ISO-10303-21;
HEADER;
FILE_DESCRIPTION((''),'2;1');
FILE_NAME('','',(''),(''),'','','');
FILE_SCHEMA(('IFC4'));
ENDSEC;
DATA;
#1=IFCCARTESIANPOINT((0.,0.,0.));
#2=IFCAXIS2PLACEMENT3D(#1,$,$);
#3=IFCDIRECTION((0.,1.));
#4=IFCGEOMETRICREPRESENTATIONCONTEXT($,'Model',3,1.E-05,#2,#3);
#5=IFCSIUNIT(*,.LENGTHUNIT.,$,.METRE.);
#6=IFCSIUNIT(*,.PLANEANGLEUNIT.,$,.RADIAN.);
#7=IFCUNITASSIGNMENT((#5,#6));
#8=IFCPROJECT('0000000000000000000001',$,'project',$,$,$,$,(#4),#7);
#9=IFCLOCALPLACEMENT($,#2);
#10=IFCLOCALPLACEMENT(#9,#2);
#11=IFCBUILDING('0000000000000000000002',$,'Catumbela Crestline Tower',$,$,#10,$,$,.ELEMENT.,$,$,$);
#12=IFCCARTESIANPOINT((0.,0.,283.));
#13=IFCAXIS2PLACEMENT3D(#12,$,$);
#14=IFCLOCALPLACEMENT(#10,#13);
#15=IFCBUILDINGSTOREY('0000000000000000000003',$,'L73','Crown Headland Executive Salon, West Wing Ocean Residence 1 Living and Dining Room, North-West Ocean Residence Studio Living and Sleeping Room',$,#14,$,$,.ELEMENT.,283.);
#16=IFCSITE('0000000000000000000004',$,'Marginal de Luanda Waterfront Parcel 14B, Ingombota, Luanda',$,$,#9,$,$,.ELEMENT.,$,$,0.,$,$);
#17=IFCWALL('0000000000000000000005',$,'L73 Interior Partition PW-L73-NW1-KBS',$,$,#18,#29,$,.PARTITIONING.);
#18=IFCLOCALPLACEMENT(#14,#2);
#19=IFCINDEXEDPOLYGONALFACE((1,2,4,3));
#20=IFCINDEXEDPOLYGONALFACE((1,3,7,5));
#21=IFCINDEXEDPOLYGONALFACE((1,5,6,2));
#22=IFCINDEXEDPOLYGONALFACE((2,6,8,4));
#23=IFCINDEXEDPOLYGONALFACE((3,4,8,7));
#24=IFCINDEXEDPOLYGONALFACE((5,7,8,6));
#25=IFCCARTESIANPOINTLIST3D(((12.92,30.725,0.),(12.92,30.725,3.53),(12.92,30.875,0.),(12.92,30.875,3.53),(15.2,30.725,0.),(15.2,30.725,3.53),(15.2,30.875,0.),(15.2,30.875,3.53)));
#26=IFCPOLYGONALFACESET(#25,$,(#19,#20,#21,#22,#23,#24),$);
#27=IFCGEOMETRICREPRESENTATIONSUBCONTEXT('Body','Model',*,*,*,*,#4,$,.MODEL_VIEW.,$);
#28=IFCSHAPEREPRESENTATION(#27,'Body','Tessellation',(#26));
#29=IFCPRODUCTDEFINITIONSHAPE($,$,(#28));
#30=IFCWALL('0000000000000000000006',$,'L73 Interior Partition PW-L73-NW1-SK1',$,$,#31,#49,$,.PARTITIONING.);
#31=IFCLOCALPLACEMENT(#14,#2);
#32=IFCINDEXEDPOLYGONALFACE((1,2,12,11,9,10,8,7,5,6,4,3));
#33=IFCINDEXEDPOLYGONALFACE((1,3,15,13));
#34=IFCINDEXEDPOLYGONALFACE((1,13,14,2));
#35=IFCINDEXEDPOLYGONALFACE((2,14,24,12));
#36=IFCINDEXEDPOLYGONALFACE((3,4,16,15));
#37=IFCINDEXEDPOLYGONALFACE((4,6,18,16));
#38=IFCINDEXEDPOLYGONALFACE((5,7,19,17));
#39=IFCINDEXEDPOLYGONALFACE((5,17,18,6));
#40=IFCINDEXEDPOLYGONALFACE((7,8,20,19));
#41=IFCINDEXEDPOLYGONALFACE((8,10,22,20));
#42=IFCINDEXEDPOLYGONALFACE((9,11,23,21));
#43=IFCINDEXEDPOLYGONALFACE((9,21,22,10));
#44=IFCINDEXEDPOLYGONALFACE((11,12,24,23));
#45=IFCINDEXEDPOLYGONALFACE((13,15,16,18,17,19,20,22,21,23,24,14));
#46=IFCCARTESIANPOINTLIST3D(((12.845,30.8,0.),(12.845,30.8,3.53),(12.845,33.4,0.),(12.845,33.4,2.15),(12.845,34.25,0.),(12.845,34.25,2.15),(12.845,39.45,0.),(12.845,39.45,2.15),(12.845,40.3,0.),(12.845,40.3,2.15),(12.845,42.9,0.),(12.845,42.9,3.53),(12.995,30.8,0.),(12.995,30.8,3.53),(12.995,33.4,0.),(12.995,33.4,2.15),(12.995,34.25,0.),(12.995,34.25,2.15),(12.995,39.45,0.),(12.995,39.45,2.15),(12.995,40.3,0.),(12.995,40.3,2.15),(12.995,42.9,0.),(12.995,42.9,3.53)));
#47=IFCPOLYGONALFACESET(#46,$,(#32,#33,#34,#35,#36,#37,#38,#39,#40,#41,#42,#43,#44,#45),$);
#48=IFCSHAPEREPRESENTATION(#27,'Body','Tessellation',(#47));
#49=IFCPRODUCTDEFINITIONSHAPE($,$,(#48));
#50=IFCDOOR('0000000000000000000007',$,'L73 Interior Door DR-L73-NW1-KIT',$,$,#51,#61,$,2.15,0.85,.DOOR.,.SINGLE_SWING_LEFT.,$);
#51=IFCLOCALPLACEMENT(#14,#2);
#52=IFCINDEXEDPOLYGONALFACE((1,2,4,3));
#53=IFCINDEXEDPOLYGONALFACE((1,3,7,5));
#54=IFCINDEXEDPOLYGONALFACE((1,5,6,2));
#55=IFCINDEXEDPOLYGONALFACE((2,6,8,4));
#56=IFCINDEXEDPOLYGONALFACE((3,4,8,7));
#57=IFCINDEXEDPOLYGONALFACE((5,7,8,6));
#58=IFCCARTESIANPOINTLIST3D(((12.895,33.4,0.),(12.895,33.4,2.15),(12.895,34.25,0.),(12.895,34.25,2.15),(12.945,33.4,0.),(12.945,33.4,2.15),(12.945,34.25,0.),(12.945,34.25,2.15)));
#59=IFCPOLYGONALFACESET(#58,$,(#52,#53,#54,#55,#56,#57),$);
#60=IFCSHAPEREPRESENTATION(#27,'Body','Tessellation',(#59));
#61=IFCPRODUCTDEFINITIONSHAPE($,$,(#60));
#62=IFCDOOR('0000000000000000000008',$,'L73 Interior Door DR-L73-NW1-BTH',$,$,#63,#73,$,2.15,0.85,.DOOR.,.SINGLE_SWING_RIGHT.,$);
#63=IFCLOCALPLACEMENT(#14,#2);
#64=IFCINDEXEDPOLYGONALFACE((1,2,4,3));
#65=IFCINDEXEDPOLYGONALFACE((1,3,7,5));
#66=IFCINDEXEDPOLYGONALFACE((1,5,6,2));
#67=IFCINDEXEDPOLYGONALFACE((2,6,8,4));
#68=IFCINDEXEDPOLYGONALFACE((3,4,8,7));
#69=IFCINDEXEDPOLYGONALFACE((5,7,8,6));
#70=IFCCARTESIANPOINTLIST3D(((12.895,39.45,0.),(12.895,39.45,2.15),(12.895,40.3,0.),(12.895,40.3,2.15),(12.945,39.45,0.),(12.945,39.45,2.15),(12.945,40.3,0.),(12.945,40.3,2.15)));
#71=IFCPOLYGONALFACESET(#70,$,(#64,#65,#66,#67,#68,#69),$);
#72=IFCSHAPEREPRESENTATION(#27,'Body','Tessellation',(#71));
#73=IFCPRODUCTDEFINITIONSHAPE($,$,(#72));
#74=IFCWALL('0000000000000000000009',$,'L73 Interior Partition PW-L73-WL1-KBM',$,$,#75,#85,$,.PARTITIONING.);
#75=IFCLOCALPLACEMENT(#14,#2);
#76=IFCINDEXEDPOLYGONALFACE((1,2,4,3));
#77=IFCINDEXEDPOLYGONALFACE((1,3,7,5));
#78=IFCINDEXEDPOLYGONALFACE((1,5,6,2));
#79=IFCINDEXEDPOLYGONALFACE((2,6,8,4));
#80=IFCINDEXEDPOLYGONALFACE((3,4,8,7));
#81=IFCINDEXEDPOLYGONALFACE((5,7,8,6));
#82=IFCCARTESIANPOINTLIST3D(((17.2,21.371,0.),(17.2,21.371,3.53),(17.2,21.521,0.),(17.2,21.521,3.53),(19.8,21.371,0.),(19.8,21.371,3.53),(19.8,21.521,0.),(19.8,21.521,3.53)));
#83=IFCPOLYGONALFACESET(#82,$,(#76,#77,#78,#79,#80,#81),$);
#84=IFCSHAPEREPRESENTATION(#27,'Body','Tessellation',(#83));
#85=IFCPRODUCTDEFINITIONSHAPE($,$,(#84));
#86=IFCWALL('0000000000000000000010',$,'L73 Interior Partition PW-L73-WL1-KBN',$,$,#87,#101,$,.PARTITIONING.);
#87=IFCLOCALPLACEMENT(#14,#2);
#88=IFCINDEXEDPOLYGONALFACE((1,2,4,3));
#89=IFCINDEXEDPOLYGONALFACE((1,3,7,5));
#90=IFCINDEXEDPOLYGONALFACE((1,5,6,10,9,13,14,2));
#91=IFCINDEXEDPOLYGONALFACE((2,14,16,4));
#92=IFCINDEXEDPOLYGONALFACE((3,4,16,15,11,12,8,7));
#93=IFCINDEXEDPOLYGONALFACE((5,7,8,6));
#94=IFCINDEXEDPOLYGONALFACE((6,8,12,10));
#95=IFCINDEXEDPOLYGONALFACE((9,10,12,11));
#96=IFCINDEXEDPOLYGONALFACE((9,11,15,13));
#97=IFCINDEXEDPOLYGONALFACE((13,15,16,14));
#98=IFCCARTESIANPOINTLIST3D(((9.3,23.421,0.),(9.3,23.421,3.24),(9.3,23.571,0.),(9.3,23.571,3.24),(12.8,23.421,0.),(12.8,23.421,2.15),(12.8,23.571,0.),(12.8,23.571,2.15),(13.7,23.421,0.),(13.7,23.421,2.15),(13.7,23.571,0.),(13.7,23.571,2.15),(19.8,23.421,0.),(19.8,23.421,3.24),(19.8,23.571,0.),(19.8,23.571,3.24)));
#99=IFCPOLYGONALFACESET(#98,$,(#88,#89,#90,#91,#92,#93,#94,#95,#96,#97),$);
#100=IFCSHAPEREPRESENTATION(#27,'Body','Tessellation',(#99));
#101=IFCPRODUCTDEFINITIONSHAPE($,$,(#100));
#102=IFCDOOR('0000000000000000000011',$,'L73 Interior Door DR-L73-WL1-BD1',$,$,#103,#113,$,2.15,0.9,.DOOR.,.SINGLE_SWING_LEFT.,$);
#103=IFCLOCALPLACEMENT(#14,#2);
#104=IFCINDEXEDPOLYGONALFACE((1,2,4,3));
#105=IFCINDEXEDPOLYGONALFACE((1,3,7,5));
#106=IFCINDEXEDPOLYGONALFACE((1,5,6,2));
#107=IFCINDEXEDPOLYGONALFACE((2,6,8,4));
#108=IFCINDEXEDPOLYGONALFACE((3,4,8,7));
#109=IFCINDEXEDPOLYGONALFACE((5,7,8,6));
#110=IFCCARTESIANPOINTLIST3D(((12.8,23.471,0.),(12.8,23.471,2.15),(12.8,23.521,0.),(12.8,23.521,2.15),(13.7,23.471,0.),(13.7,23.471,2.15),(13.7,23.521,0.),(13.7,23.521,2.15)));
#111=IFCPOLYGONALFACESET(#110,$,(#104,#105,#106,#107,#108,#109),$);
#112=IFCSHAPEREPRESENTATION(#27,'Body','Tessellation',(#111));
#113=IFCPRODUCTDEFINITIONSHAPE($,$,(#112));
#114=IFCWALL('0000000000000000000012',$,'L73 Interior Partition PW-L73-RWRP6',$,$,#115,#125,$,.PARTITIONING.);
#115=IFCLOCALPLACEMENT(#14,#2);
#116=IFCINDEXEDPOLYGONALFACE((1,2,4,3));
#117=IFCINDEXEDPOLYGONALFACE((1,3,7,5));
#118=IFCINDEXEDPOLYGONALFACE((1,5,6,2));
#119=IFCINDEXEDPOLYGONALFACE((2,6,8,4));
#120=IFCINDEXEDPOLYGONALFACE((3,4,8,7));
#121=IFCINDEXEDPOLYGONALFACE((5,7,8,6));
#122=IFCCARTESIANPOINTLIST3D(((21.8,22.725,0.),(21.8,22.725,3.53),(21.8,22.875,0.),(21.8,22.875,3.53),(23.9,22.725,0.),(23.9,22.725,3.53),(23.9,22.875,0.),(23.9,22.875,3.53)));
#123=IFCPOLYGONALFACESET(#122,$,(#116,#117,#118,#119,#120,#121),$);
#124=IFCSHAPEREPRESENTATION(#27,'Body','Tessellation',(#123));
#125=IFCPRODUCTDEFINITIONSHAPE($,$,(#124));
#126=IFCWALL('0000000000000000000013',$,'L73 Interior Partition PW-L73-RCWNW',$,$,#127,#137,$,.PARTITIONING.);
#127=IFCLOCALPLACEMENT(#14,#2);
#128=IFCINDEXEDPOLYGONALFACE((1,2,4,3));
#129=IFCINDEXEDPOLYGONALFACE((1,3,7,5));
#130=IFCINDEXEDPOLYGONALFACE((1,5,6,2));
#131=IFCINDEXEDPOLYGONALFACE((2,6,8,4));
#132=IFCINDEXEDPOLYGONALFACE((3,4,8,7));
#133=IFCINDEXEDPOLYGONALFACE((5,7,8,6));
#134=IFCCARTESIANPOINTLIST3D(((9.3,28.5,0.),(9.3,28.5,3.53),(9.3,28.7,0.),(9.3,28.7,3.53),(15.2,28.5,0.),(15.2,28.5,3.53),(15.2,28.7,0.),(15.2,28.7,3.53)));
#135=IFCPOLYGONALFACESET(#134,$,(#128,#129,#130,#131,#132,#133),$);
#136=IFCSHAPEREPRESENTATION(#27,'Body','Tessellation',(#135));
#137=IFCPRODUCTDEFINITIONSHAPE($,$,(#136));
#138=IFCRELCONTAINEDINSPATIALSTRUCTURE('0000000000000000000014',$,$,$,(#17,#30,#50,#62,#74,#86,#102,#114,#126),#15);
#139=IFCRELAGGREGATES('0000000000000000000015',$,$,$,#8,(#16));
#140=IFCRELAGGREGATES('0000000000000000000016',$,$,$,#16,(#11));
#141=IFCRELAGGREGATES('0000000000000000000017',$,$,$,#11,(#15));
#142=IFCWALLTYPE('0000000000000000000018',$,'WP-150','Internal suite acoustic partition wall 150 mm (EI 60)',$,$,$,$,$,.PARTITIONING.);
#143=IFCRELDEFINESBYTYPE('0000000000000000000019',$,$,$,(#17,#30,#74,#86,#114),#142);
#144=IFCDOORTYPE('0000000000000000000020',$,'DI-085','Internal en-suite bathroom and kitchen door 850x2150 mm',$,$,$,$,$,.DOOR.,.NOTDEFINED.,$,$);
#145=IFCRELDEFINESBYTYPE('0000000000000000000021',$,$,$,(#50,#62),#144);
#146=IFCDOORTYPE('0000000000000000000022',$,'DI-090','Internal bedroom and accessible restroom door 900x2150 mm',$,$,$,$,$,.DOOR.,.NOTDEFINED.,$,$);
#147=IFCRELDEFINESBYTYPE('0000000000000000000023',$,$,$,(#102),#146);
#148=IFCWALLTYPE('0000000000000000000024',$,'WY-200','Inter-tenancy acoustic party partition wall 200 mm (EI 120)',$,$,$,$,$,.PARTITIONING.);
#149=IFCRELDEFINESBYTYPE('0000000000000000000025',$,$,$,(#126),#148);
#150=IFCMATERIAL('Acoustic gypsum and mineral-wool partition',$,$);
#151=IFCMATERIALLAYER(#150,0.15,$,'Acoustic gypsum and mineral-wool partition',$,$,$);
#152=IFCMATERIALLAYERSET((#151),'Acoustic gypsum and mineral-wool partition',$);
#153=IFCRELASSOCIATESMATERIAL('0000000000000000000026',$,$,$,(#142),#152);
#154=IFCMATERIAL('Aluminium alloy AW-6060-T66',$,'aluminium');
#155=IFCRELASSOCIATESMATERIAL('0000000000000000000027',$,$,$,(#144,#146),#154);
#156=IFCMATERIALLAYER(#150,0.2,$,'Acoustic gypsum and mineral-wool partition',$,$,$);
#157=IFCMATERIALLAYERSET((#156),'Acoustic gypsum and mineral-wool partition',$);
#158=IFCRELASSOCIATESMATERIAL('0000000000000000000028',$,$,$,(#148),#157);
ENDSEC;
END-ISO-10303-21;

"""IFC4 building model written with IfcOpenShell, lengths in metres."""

from ifc_helpers import new_model, si_unit, direction, frame, frame_2d, origin, place, context, subcontext, project, spatial, rectangle, extrude, material, layer, layer_set, type_object, element, fill, save


model = new_model("IFC4")

# Units and contexts
model_context = context("Model", 3, precision=1e-05, world=origin(), true_north=direction((0.0, 1.0)))
body_context = subcontext(model_context, "Body", "Model", "MODEL_VIEW")
ifc_project = project(units=[si_unit("LENGTHUNIT", "METRE"), si_unit("PLANEANGLEUNIT", "RADIAN")], contexts=[model_context])

# Site, building, storey
site_placement = place(None, origin())
site = spatial("IfcSite", under=ifc_project, at=site_placement, Name="Marginal de Luanda Waterfront Parcel 14B, Ingombota, Luanda", CompositionType="ELEMENT", RefElevation=0.0)
building_placement = place(site_placement, origin())
building = spatial("IfcBuilding", under=site, at=building_placement, Name="Catumbela Crestline Tower", CompositionType="ELEMENT")
storey_placement = place(building_placement, frame((0.0, 0.0, 283.0)))
storey = spatial("IfcBuildingStorey", under=building, at=storey_placement, Name="L73", Description="Crown Headland Executive Salon, West Wing Ocean Residence 1 Living and Dining Room, North-West Ocean Residence Studio Living and Sleeping Room", CompositionType="ELEMENT", Elevation=283.0)

# Shared definitions
ifc_material_1 = material(Name="Acoustic gypsum and mineral-wool partition")

# Shared definitions
ifc_material_2 = material(Name="Aluminium alloy AW-6060-T66", Category="aluminium")

# Wall
ifc_layer_1 = layer(ifc_material_1, 0.15, Name="Acoustic gypsum and mineral-wool partition")
ifc_layer_set_1 = layer_set([ifc_layer_1], Name="Acoustic gypsum and mineral-wool partition")
wall_type_1 = type_object("IfcWallType", Name="WP-150", Description="Internal suite acoustic partition wall 150 mm (EI 60)", PredefinedType="PARTITIONING", material=ifc_layer_set_1)
wall_1_placement = place(storey_placement, frame((12.92, 30.8, 0.0), z_axis=(0.0, 0.0, 1.0), x_axis=(1.0, 0.0, 0.0)))
element("IfcWall", 1, at=wall_1_placement, inside=storey, type_object=wall_type_1, Name="L73 Interior Partition PW-L73-NW1-KBS", PredefinedType="PARTITIONING", context=body_context, shape_type="SweptSolid", body=[
    extrude(rectangle(XDim=2.28, YDim=0.15, at=frame_2d((1.14, 0.0))), origin(), (0.0, 0.0, 1.0), 3.53),
])

# Wall, openings, doors
wall_2_placement = place(storey_placement, frame((12.92, 30.8, 0.0), z_axis=(0.0, 0.0, 1.0), x_axis=(0.0, 1.0, 0.0)))
wall_2 = element("IfcWall", 2, at=wall_2_placement, inside=storey, type_object=wall_type_1, Name="L73 Interior Partition PW-L73-NW1-SK1", PredefinedType="PARTITIONING", context=body_context, shape_type="SweptSolid", body=[
    extrude(rectangle(XDim=12.1, YDim=0.15, at=frame_2d((6.05, 0.0))), origin(), (0.0, 0.0, 1.0), 3.53),
])
opening_1_placement = place(wall_2_placement, frame((2.6, 0.0, 0.0)))
opening_1 = element("IfcOpeningElement", 3, at=opening_1_placement, cuts=wall_2, PredefinedType="OPENING", context=body_context, shape_type="SweptSolid", body=[
    extrude(rectangle(XDim=0.85, YDim=2.15, at=frame_2d((0.425, 1.075))), frame((0.0, 0.085, 0.0), z_axis=(0.0, -1.0, 0.0), x_axis=(1.0, 0.0, 0.0)), (0.0, 0.0, 1.0), 0.17),
])
opening_2_placement = place(wall_2_placement, frame((8.65, 0.0, 0.0)))
opening_2 = element("IfcOpeningElement", 4, at=opening_2_placement, cuts=wall_2, PredefinedType="OPENING", context=body_context, shape_type="SweptSolid", body=[
    extrude(rectangle(XDim=0.85, YDim=2.15, at=frame_2d((0.425, 1.075))), frame((0.0, 0.085, 0.0), z_axis=(0.0, -1.0, 0.0), x_axis=(1.0, 0.0, 0.0)), (0.0, 0.0, 1.0), 0.17),
])
door_type_1 = type_object("IfcDoorType", Name="DI-085", Description="Internal en-suite bathroom and kitchen door 850x2150 mm", OperationType="NOTDEFINED", PredefinedType="DOOR", material=ifc_material_2)
door_1_placement = place(opening_1_placement, origin())
door_1 = element("IfcDoor", 5, at=door_1_placement, inside=storey, type_object=door_type_1, Name="L73 Interior Door DR-L73-NW1-KIT", OperationType="SINGLE_SWING_LEFT", OverallHeight=2.15, OverallWidth=0.85, PredefinedType="DOOR", context=body_context, shape_type="SweptSolid", body=[
    extrude(rectangle(XDim=0.85, YDim=2.15, at=frame_2d((0.425, 1.075))), frame((0.0, 0.025, 0.0), z_axis=(0.0, -1.0, 0.0), x_axis=(1.0, 0.0, 0.0)), (0.0, 0.0, 1.0), 0.05),
])
fill(opening_1, door_1)
door_2_placement = place(opening_2_placement, origin())
door_2 = element("IfcDoor", 6, at=door_2_placement, inside=storey, type_object=door_type_1, Name="L73 Interior Door DR-L73-NW1-BTH", OperationType="SINGLE_SWING_RIGHT", OverallHeight=2.15, OverallWidth=0.85, PredefinedType="DOOR", context=body_context, shape_type="SweptSolid", body=[
    extrude(rectangle(XDim=0.85, YDim=2.15, at=frame_2d((0.425, 1.075))), frame((0.0, 0.025, 0.0), z_axis=(0.0, -1.0, 0.0), x_axis=(1.0, 0.0, 0.0)), (0.0, 0.0, 1.0), 0.05),
])
fill(opening_2, door_2)

# Wall
wall_3_placement = place(storey_placement, frame((17.2, 21.446, 0.0), z_axis=(0.0, 0.0, 1.0), x_axis=(1.0, 0.0, 0.0)))
element("IfcWall", 7, at=wall_3_placement, inside=storey, type_object=wall_type_1, Name="L73 Interior Partition PW-L73-WL1-KBM", PredefinedType="PARTITIONING", context=body_context, shape_type="SweptSolid", body=[
    extrude(rectangle(XDim=2.6, YDim=0.15, at=frame_2d((1.3, 0.0))), origin(), (0.0, 0.0, 1.0), 3.53),
])

# Wall, opening, door
wall_4_placement = place(storey_placement, frame((9.3, 23.496, 0.0), z_axis=(0.0, 0.0, 1.0), x_axis=(1.0, 0.0, 0.0)))
wall_4 = element("IfcWall", 8, at=wall_4_placement, inside=storey, type_object=wall_type_1, Name="L73 Interior Partition PW-L73-WL1-KBN", PredefinedType="PARTITIONING", context=body_context, shape_type="SweptSolid", body=[
    extrude(rectangle(XDim=10.5, YDim=0.15, at=frame_2d((5.25, 0.0))), origin(), (0.0, 0.0, 1.0), 3.24),
])
opening_3_placement = place(wall_4_placement, frame((3.5, 0.0, 0.0)))
opening_3 = element("IfcOpeningElement", 9, at=opening_3_placement, cuts=wall_4, PredefinedType="OPENING", context=body_context, shape_type="SweptSolid", body=[
    extrude(rectangle(XDim=0.9, YDim=2.15, at=frame_2d((0.45, 1.075))), frame((0.0, 0.085, 0.0), z_axis=(0.0, -1.0, 0.0), x_axis=(1.0, 0.0, 0.0)), (0.0, 0.0, 1.0), 0.17),
])
door_type_2 = type_object("IfcDoorType", Name="DI-090", Description="Internal bedroom and accessible restroom door 900x2150 mm", OperationType="NOTDEFINED", PredefinedType="DOOR", material=ifc_material_2)
door_3_placement = place(opening_3_placement, origin())
door_3 = element("IfcDoor", 10, at=door_3_placement, inside=storey, type_object=door_type_2, Name="L73 Interior Door DR-L73-WL1-BD1", OperationType="SINGLE_SWING_LEFT", OverallHeight=2.15, OverallWidth=0.9, PredefinedType="DOOR", context=body_context, shape_type="SweptSolid", body=[
    extrude(rectangle(XDim=0.9, YDim=2.15, at=frame_2d((0.45, 1.075))), frame((0.0, 0.025, 0.0), z_axis=(0.0, -1.0, 0.0), x_axis=(1.0, 0.0, 0.0)), (0.0, 0.0, 1.0), 0.05),
])
fill(opening_3, door_3)

# Walls
wall_5_placement = place(storey_placement, frame((21.8, 22.8, 0.0), z_axis=(0.0, 0.0, 1.0), x_axis=(1.0, 0.0, 0.0)))
element("IfcWall", 11, at=wall_5_placement, inside=storey, type_object=wall_type_1, Name="L73 Interior Partition PW-L73-RWRP6", PredefinedType="PARTITIONING", context=body_context, shape_type="SweptSolid", body=[
    extrude(rectangle(XDim=2.1, YDim=0.15, at=frame_2d((1.05, 0.0))), origin(), (0.0, 0.0, 1.0), 3.53),
])
ifc_layer_2 = layer(ifc_material_1, 0.2, Name="Acoustic gypsum and mineral-wool partition")
ifc_layer_set_2 = layer_set([ifc_layer_2], Name="Acoustic gypsum and mineral-wool partition")
wall_type_2 = type_object("IfcWallType", Name="WY-200", Description="Inter-tenancy acoustic party partition wall 200 mm (EI 120)", PredefinedType="PARTITIONING", material=ifc_layer_set_2)
wall_6_placement = place(storey_placement, frame((9.3, 28.6, 0.0), z_axis=(0.0, 0.0, 1.0), x_axis=(1.0, 0.0, 0.0)))
element("IfcWall", 12, at=wall_6_placement, inside=storey, type_object=wall_type_2, Name="L73 Interior Partition PW-L73-RCWNW", PredefinedType="PARTITIONING", context=body_context, shape_type="SweptSolid", body=[
    extrude(rectangle(XDim=5.9, YDim=0.2, at=frame_2d((2.95, 0.0))), origin(), (0.0, 0.0, 1.0), 3.53),
])

save(model, "model.ifc")
